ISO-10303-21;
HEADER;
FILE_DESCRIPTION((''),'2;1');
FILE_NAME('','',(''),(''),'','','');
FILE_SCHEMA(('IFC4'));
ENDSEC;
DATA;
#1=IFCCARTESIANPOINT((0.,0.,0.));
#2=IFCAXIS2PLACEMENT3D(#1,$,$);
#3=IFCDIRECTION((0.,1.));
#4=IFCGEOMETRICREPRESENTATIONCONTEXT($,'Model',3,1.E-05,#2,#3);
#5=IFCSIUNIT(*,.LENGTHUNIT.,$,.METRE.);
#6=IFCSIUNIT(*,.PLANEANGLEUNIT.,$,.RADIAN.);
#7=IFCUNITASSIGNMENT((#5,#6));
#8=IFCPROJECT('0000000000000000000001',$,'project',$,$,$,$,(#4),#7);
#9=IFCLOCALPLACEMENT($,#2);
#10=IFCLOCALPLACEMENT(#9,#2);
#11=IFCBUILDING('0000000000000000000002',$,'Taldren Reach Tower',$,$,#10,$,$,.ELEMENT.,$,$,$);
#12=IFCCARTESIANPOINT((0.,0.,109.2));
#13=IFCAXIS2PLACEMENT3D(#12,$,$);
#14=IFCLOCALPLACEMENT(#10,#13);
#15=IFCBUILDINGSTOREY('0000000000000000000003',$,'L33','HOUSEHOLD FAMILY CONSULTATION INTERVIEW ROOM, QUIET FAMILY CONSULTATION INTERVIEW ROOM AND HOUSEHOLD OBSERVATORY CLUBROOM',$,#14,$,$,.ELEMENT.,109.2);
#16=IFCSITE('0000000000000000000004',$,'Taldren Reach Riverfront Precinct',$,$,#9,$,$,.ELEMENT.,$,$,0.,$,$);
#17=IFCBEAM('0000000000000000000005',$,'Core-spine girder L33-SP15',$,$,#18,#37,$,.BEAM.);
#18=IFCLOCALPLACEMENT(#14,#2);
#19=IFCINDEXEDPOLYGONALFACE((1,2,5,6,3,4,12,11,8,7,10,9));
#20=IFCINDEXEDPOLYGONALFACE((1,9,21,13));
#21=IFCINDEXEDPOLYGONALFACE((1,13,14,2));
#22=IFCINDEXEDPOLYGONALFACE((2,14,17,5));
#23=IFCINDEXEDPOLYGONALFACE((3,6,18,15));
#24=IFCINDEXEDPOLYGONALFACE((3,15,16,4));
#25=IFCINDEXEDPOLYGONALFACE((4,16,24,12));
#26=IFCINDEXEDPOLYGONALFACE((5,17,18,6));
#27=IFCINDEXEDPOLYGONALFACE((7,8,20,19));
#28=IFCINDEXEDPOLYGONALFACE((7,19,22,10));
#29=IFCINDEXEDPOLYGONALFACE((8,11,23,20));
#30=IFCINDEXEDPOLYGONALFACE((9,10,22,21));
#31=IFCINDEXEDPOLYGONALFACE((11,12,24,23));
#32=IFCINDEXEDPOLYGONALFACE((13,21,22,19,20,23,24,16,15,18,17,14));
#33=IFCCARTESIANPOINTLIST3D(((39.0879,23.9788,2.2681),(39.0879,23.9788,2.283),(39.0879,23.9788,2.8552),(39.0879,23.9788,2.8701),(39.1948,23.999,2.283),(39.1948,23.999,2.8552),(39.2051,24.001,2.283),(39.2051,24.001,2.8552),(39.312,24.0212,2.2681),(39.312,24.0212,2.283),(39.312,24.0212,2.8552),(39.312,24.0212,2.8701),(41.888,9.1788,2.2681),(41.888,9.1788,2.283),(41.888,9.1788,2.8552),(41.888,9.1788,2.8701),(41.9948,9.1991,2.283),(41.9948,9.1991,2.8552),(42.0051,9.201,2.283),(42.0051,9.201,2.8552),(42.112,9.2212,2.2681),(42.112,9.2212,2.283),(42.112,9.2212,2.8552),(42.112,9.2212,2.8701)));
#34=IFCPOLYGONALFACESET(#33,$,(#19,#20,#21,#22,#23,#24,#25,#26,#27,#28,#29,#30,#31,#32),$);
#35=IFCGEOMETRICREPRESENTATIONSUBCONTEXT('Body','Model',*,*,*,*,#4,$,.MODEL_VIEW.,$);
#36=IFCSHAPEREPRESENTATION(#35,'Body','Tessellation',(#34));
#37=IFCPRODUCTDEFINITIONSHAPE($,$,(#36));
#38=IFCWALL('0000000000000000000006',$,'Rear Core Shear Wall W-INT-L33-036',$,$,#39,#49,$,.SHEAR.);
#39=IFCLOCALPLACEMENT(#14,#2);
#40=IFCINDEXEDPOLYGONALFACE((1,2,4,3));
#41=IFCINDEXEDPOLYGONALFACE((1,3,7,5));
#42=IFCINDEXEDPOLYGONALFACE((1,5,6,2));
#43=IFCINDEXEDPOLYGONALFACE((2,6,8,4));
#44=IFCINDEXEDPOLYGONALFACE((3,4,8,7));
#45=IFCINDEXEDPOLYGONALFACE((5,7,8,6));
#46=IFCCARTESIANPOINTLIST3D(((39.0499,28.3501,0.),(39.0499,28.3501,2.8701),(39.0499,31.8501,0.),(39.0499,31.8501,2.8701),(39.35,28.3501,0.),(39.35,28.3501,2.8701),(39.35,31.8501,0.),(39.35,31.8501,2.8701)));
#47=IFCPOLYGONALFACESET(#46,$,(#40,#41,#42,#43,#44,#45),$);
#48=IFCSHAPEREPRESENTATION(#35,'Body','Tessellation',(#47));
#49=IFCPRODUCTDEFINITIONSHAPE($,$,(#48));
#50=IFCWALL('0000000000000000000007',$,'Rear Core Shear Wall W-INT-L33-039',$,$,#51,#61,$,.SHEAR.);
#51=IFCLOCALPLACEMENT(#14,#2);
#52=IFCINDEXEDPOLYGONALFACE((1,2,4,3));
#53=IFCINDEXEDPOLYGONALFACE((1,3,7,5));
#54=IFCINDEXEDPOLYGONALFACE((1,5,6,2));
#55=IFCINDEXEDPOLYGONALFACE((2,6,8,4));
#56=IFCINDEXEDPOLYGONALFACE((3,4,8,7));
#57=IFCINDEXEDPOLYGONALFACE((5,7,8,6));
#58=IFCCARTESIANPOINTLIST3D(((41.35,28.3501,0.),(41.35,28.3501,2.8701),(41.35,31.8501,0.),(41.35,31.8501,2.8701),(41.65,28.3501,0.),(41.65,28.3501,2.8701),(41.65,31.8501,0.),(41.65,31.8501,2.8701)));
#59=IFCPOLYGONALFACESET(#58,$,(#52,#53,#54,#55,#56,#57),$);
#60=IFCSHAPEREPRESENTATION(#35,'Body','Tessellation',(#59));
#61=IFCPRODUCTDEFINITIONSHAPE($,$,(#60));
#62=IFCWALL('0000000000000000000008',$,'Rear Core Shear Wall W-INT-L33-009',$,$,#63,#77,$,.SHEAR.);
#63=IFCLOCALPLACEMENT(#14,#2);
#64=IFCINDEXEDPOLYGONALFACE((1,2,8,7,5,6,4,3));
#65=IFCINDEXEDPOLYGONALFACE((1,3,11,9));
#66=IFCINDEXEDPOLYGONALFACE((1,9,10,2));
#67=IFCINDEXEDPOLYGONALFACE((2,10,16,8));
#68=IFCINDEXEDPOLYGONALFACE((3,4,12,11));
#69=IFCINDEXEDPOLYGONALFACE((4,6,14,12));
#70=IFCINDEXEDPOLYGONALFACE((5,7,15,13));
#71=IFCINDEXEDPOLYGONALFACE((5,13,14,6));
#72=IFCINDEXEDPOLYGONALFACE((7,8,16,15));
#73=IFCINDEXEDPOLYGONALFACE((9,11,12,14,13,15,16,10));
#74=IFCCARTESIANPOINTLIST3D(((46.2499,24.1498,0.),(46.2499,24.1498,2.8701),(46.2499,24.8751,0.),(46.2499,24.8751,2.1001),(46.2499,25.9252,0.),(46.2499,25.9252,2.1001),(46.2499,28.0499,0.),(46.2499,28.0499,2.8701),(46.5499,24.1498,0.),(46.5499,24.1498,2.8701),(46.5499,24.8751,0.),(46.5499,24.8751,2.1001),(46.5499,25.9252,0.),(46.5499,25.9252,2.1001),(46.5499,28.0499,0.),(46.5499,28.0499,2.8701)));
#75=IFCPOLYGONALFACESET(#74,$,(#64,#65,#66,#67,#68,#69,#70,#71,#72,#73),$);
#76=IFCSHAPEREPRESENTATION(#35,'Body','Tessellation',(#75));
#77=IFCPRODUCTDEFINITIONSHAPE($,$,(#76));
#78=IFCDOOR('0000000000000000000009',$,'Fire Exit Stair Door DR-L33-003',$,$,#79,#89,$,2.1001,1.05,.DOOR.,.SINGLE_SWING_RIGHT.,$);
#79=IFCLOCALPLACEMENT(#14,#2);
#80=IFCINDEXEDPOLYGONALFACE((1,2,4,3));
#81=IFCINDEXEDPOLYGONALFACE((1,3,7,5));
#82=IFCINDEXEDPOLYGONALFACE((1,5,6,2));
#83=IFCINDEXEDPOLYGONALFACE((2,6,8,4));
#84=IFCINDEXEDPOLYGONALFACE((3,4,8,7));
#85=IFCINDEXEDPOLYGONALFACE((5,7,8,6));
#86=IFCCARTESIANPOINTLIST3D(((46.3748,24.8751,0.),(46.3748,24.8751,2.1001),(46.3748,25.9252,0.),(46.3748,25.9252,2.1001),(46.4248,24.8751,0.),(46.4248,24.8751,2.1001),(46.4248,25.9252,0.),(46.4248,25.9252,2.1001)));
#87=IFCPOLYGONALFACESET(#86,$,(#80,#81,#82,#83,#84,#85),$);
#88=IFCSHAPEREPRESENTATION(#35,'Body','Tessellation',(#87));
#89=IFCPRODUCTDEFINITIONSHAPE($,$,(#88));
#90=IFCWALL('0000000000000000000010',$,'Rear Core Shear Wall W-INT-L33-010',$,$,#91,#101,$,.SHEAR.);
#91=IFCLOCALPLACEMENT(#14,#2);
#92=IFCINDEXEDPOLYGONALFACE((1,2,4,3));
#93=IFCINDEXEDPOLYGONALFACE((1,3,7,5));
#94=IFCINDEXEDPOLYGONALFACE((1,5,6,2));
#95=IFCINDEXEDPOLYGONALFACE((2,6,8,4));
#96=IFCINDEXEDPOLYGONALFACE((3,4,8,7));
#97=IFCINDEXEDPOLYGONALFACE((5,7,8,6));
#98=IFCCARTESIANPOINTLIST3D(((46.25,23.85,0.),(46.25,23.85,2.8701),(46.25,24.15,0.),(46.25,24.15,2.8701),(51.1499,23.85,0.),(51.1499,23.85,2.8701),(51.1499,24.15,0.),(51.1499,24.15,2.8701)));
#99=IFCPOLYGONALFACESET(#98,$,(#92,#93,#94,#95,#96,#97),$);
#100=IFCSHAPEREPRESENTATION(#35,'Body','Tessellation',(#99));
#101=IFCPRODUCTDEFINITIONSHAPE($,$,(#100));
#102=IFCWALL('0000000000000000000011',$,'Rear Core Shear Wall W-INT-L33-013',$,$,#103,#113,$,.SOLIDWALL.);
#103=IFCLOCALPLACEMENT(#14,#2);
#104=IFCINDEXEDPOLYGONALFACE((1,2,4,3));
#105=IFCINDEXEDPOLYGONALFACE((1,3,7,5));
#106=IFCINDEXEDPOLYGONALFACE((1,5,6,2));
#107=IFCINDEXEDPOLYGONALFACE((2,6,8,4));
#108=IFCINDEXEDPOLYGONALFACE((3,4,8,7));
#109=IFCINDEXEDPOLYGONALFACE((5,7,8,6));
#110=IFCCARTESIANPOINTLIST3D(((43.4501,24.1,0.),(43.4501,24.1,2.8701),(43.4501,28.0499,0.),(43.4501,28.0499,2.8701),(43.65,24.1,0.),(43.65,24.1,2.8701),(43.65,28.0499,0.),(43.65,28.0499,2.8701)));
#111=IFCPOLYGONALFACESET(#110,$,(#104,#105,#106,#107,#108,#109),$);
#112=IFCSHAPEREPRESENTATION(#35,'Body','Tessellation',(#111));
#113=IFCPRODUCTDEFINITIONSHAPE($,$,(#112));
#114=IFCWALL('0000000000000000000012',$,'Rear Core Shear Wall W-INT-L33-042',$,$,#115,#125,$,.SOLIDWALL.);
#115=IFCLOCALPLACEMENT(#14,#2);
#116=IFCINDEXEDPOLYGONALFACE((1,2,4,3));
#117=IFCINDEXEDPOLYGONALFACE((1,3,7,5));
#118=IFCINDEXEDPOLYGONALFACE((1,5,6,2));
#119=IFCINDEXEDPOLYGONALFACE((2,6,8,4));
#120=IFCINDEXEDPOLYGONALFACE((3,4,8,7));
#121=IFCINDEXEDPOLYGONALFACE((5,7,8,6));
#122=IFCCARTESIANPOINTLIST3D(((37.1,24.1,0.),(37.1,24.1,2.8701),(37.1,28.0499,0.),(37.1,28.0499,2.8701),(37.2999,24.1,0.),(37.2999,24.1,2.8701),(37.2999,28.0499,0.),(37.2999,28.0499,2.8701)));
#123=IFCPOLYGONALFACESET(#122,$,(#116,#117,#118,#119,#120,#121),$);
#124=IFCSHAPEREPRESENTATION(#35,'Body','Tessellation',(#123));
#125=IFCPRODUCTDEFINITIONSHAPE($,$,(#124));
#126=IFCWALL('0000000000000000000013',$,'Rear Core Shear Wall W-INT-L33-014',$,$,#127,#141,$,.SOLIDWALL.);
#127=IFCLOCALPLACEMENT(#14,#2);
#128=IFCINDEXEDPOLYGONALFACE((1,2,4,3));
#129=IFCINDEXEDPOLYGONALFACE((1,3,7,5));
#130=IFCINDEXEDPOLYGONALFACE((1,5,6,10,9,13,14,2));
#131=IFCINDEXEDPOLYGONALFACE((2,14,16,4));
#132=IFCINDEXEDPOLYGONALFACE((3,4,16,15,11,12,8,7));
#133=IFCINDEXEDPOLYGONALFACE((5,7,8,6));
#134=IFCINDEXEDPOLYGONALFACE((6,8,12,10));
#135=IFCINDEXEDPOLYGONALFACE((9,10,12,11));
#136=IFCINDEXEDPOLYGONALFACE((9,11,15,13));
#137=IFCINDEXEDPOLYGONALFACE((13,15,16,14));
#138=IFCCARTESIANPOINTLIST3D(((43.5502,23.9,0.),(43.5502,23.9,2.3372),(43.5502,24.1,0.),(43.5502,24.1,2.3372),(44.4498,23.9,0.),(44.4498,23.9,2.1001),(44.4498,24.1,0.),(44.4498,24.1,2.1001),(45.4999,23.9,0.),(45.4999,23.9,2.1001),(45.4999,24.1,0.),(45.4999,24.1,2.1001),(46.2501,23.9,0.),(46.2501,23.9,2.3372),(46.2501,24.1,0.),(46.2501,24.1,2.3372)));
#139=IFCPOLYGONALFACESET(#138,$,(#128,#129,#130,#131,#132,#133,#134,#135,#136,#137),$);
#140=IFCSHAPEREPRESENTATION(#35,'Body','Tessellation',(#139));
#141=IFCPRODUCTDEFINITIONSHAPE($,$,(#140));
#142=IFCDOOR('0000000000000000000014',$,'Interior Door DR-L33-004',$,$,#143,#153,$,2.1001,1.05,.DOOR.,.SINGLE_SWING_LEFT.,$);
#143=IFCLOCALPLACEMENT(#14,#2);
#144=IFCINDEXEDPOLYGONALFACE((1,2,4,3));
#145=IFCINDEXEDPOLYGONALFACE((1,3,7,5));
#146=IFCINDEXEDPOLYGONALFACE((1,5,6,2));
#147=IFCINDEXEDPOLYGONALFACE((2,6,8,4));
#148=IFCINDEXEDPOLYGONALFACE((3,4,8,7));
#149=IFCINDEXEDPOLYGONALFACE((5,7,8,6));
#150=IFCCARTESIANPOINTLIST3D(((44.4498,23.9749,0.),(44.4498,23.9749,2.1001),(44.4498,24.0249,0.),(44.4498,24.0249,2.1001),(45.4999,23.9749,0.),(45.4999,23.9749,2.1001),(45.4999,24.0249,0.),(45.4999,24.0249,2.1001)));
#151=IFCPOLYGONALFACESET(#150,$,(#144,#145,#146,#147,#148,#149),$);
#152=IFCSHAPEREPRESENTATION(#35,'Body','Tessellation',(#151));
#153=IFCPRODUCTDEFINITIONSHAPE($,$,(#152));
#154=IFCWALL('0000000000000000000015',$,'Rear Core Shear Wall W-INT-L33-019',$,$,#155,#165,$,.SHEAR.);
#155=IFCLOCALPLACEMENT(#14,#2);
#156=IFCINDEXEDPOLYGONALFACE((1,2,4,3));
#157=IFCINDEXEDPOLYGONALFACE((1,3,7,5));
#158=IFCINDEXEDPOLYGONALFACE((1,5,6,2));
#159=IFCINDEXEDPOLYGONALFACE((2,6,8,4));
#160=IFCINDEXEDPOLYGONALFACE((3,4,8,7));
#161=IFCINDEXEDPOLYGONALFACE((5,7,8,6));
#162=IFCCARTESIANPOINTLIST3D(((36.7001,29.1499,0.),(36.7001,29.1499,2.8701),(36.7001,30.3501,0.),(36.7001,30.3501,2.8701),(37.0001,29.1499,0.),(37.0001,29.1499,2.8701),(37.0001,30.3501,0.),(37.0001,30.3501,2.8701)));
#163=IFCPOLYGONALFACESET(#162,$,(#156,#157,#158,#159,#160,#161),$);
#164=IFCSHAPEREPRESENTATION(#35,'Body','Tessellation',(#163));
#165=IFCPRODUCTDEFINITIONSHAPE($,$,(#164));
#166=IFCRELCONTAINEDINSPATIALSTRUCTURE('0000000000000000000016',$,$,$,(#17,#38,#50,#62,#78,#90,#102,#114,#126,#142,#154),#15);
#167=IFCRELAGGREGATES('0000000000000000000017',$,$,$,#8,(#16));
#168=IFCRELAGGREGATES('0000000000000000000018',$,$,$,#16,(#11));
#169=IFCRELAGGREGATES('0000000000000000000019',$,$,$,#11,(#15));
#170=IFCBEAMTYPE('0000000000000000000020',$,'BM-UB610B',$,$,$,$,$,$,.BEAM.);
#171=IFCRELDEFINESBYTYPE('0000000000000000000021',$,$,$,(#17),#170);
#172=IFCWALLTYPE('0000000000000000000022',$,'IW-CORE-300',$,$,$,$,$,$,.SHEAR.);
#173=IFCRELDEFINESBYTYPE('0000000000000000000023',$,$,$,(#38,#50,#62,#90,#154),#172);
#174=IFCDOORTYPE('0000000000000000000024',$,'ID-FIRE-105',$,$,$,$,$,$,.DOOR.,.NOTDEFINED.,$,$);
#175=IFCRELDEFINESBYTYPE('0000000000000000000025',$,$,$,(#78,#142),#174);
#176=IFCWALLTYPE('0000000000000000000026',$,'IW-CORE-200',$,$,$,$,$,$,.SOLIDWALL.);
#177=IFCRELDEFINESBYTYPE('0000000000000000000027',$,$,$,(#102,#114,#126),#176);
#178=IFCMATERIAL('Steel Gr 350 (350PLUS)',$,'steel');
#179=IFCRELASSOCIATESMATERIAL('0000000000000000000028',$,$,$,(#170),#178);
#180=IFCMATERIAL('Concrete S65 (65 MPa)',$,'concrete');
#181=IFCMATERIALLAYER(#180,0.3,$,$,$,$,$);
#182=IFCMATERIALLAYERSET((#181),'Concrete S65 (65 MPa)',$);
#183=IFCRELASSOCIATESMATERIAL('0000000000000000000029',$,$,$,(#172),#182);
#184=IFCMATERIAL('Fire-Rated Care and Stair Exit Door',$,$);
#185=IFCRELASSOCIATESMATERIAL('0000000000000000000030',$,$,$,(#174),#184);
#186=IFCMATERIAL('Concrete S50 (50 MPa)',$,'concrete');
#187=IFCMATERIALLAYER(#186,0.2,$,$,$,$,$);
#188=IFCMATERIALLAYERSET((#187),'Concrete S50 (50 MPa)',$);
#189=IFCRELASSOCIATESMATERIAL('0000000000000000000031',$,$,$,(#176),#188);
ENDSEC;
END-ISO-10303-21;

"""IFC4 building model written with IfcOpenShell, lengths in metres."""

from ifc_helpers import new_model, si_unit, direction, frame, frame_2d, origin, origin_2d, place, context, subcontext, project, spatial, rectangle, i_section, extrude, source, transform, mapped, material, layer, layer_set, material_profile, profile_set, type_object, element, fill, save


model = new_model("IFC4")

# Units and contexts
model_context = context("Model", 3, precision=1e-05, world=origin(), true_north=direction((0.0, 1.0)))
body_context = subcontext(model_context, "Body", "Model", "MODEL_VIEW")
ifc_project = project(units=[si_unit("LENGTHUNIT", "METRE"), si_unit("PLANEANGLEUNIT", "RADIAN")], contexts=[model_context])

# Site, building, storey
site_placement = place(None, origin())
site = spatial("IfcSite", under=ifc_project, at=site_placement, Name="Taldren Reach Riverfront Precinct", CompositionType="ELEMENT", RefElevation=0.0)
building_placement = place(site_placement, origin())
building = spatial("IfcBuilding", under=site, at=building_placement, Name="Taldren Reach Tower", CompositionType="ELEMENT")
storey_placement = place(building_placement, frame((0.0, 0.0, 109.2)))
storey = spatial("IfcBuildingStorey", under=building, at=storey_placement, Name="L33", Description="HOUSEHOLD FAMILY CONSULTATION INTERVIEW ROOM, QUIET FAMILY CONSULTATION INTERVIEW ROOM AND HOUSEHOLD OBSERVATORY CLUBROOM", CompositionType="ELEMENT", Elevation=109.2)

# Beam
ifc_material_1 = material(Name="Steel Gr 350 (350PLUS)", Category="steel")
ifc_material_profile = material_profile(ifc_material_1, i_section(OverallWidth=0.228, OverallDepth=0.6021, WebThickness=0.0105, FlangeThickness=0.0149, at=origin_2d()), Name="610UB101")
ifc_profile_set = profile_set([ifc_material_profile], Name="Steel Gr 350 (350PLUS)")
beam_type = type_object("IfcBeamType", Name="BM-UB610B", PredefinedType="BEAM", material=ifc_profile_set)
shared_shape_1 = source(origin(), body_context, "Body", "SweptSolid", [
    extrude(i_section(OverallWidth=0.228, OverallDepth=0.6021, WebThickness=0.0105, FlangeThickness=0.0149, at=origin_2d()), origin(), (0.0, 0.0, 1.0), 15.0625),
])
beam_placement = place(storey_placement, frame((39.2, 24.0, 2.5691), z_axis=(0.185894, -0.98257, 0.0), x_axis=(0.98257, 0.185894, 0.0)))
element("IfcBeam", 1, at=beam_placement, inside=storey, type_object=beam_type, Name="Core-spine girder L33-SP15", PredefinedType="BEAM", context=body_context, shape_type="MappedRepresentation", body=[
    mapped(shared_shape_1, transform((0.0, 0.0, 0.0), scale=1.0)),
])

# Walls
ifc_material_2 = material(Name="Concrete S65 (65 MPa)", Category="concrete")
ifc_layer_1 = layer(ifc_material_2, 0.3)
ifc_layer_set_1 = layer_set([ifc_layer_1], Name="Concrete S65 (65 MPa)")
wall_type_1 = type_object("IfcWallType", Name="IW-CORE-300", PredefinedType="SHEAR", material=ifc_layer_set_1)
shared_shape_2 = source(origin(), body_context, "Body", "SweptSolid", [
    extrude(rectangle(XDim=3.5, YDim=0.3, at=frame_2d((1.75, 0.0))), origin(), (0.0, 0.0, 1.0), 2.8701),
])
for number, where, z_axis, x_axis, name in (
    (2, (39.2, 28.3501, 0.0), (0.0, 0.0, 1.0), (0.0, 1.0, 0.0), "Rear Core Shear Wall W-INT-L33-036"),
    (3, (41.5, 28.3501, 0.0), (0.0, 0.0, 1.0), (0.0, 1.0, 0.0), "Rear Core Shear Wall W-INT-L33-039"),
):
    element("IfcWall", number, at=place(storey_placement, frame(where, z_axis=z_axis, x_axis=x_axis)), inside=storey, type_object=wall_type_1, Name=name, PredefinedType="SHEAR", context=body_context, shape_type="MappedRepresentation", body=[
        mapped(shared_shape_2, transform((0.0, 0.0, 0.0), scale=1.0)),
    ])

# Wall, opening, door
shared_shape_3 = source(origin(), body_context, "Body", "SweptSolid", [
    extrude(rectangle(XDim=3.9001, YDim=0.3, at=frame_2d((1.9502, 0.0))), origin(), (0.0, 0.0, 1.0), 2.8701),
])
wall_1_placement = place(storey_placement, frame((46.3999, 28.05, 0.0), z_axis=(0.0, 0.0, 1.0), x_axis=(0.0, -1.0, 0.0)))
wall_1 = element("IfcWall", 4, at=wall_1_placement, inside=storey, type_object=wall_type_1, Name="Rear Core Shear Wall W-INT-L33-009", PredefinedType="SHEAR", context=body_context, shape_type="MappedRepresentation", body=[
    mapped(shared_shape_3, transform((0.0, 0.0, 0.0), scale=1.0)),
])
shared_shape_4 = source(origin(), body_context, "Body", "SweptSolid", [
    extrude(rectangle(XDim=1.05, YDim=2.1001, at=frame_2d((0.5249, 1.05))), frame((0.0, 0.1602, 0.0), z_axis=(0.0, -1.0, 0.0), x_axis=(1.0, 0.0, 0.0)), (0.0, 0.0, 1.0), 0.3201),
])
opening_1_placement = place(wall_1_placement, frame((2.125, 0.0, 0.0)))
opening_1 = element("IfcOpeningElement", 5, at=opening_1_placement, cuts=wall_1, PredefinedType="OPENING", context=body_context, shape_type="MappedRepresentation", body=[
    mapped(shared_shape_4, transform((0.0, 0.0, 0.0), scale=1.0)),
])
ifc_material_3 = material(Name="Fire-Rated Care and Stair Exit Door")
door_type_1 = type_object("IfcDoorType", Name="ID-FIRE-105", OperationType="NOTDEFINED", PredefinedType="DOOR", material=ifc_material_3)
shared_shape_5 = source(origin(), body_context, "Body", "SweptSolid", [
    extrude(rectangle(XDim=1.05, YDim=2.1001, at=frame_2d((0.5249, 1.05))), frame((0.0, 0.0249, 0.0), z_axis=(0.0, -1.0, 0.0), x_axis=(1.0, 0.0, 0.0)), (0.0, 0.0, 1.0), 0.05),
])
door_1_placement = place(opening_1_placement, origin())
door_1 = element("IfcDoor", 6, at=door_1_placement, inside=storey, type_object=door_type_1, Name="Fire Exit Stair Door DR-L33-003", OperationType="SINGLE_SWING_RIGHT", OverallHeight=2.1001, OverallWidth=1.05, PredefinedType="DOOR", context=body_context, shape_type="MappedRepresentation", body=[
    mapped(shared_shape_5, transform((0.0, 0.0, 0.0), scale=1.0)),
])
fill(opening_1, door_1)

# Wall
shared_shape_6 = source(origin(), body_context, "Body", "SweptSolid", [
    extrude(rectangle(XDim=4.8999, YDim=0.3, at=frame_2d((2.45, 0.0))), origin(), (0.0, 0.0, 1.0), 2.8701),
])
wall_2_placement = place(storey_placement, frame((46.25, 24.0, 0.0), z_axis=(0.0, 0.0, 1.0), x_axis=(1.0, 0.0, 0.0)))
element("IfcWall", 7, at=wall_2_placement, inside=storey, type_object=wall_type_1, Name="Rear Core Shear Wall W-INT-L33-010", PredefinedType="SHEAR", context=body_context, shape_type="MappedRepresentation", body=[
    mapped(shared_shape_6, transform((0.0, 0.0, 0.0), scale=1.0)),
])

# Walls
ifc_material_4 = material(Name="Concrete S50 (50 MPa)", Category="concrete")
ifc_layer_2 = layer(ifc_material_4, 0.2)
ifc_layer_set_2 = layer_set([ifc_layer_2], Name="Concrete S50 (50 MPa)")
wall_type_2 = type_object("IfcWallType", Name="IW-CORE-200", PredefinedType="SOLIDWALL", material=ifc_layer_set_2)
shared_shape_7 = source(origin(), body_context, "Body", "SweptSolid", [
    extrude(rectangle(XDim=3.95, YDim=0.2, at=frame_2d((1.9751, 0.0))), origin(), (0.0, 0.0, 1.0), 2.8701),
])
for number, where, z_axis, x_axis, name in (
    (8, (43.55, 28.05, 0.0), (0.0, 0.0, 1.0), (0.0, -1.0, 0.0), "Rear Core Shear Wall W-INT-L33-013"),
    (9, (37.2, 28.05, 0.0), (0.0, 0.0, 1.0), (0.0, -1.0, 0.0), "Rear Core Shear Wall W-INT-L33-042"),
):
    element("IfcWall", number, at=place(storey_placement, frame(where, z_axis=z_axis, x_axis=x_axis)), inside=storey, type_object=wall_type_2, Name=name, PredefinedType="SOLIDWALL", context=body_context, shape_type="MappedRepresentation", body=[
        mapped(shared_shape_7, transform((0.0, 0.0, 0.0), scale=1.0)),
    ])

# Wall, opening, door
shared_shape_8 = source(origin(), body_context, "Body", "SweptSolid", [
    extrude(rectangle(XDim=2.7, YDim=0.2, at=frame_2d((1.3501, 0.0))), origin(), (0.0, 0.0, 1.0), 2.3372),
])
wall_3_placement = place(storey_placement, frame((43.55, 24.0, 0.0), z_axis=(0.0, 0.0, 1.0), x_axis=(1.0, 0.0, 0.0)))
wall_3 = element("IfcWall", 10, at=wall_3_placement, inside=storey, type_object=wall_type_2, Name="Rear Core Shear Wall W-INT-L33-014", PredefinedType="SOLIDWALL", context=body_context, shape_type="MappedRepresentation", body=[
    mapped(shared_shape_8, transform((0.0, 0.0, 0.0), scale=1.0)),
])
shared_shape_9 = source(origin(), body_context, "Body", "SweptSolid", [
    extrude(rectangle(XDim=1.05, YDim=2.1001, at=frame_2d((0.5249, 1.05))), frame((0.0, 0.1099, 0.0), z_axis=(0.0, -1.0, 0.0), x_axis=(1.0, 0.0, 0.0)), (0.0, 0.0, 1.0), 0.22),
])
opening_2_placement = place(wall_3_placement, frame((0.8999, 0.0, 0.0)))
opening_2 = element("IfcOpeningElement", 11, at=opening_2_placement, cuts=wall_3, PredefinedType="OPENING", context=body_context, shape_type="MappedRepresentation", body=[
    mapped(shared_shape_9, transform((0.0, 0.0, 0.0), scale=1.0)),
])
door_2_placement = place(opening_2_placement, origin())
door_2 = element("IfcDoor", 12, at=door_2_placement, inside=storey, type_object=door_type_1, Name="Interior Door DR-L33-004", OperationType="SINGLE_SWING_LEFT", OverallHeight=2.1001, OverallWidth=1.05, PredefinedType="DOOR", context=body_context, shape_type="MappedRepresentation", body=[
    mapped(shared_shape_5, transform((0.0, 0.0, 0.0), scale=1.0)),
])
fill(opening_2, door_2)

# Wall
shared_shape_10 = source(origin(), body_context, "Body", "SweptSolid", [
    extrude(rectangle(XDim=1.2002, YDim=0.3, at=frame_2d((0.6001, 0.0))), origin(), (0.0, 0.0, 1.0), 2.8701),
])
wall_4_placement = place(storey_placement, frame((36.8501, 29.1499, 0.0), z_axis=(0.0, 0.0, 1.0), x_axis=(0.0, 1.0, 0.0)))
element("IfcWall", 13, at=wall_4_placement, inside=storey, type_object=wall_type_1, Name="Rear Core Shear Wall W-INT-L33-019", PredefinedType="SHEAR", context=body_context, shape_type="MappedRepresentation", body=[
    mapped(shared_shape_10, transform((0.0, 0.0, 0.0), scale=1.0)),
])

save(model, "model.ifc")
